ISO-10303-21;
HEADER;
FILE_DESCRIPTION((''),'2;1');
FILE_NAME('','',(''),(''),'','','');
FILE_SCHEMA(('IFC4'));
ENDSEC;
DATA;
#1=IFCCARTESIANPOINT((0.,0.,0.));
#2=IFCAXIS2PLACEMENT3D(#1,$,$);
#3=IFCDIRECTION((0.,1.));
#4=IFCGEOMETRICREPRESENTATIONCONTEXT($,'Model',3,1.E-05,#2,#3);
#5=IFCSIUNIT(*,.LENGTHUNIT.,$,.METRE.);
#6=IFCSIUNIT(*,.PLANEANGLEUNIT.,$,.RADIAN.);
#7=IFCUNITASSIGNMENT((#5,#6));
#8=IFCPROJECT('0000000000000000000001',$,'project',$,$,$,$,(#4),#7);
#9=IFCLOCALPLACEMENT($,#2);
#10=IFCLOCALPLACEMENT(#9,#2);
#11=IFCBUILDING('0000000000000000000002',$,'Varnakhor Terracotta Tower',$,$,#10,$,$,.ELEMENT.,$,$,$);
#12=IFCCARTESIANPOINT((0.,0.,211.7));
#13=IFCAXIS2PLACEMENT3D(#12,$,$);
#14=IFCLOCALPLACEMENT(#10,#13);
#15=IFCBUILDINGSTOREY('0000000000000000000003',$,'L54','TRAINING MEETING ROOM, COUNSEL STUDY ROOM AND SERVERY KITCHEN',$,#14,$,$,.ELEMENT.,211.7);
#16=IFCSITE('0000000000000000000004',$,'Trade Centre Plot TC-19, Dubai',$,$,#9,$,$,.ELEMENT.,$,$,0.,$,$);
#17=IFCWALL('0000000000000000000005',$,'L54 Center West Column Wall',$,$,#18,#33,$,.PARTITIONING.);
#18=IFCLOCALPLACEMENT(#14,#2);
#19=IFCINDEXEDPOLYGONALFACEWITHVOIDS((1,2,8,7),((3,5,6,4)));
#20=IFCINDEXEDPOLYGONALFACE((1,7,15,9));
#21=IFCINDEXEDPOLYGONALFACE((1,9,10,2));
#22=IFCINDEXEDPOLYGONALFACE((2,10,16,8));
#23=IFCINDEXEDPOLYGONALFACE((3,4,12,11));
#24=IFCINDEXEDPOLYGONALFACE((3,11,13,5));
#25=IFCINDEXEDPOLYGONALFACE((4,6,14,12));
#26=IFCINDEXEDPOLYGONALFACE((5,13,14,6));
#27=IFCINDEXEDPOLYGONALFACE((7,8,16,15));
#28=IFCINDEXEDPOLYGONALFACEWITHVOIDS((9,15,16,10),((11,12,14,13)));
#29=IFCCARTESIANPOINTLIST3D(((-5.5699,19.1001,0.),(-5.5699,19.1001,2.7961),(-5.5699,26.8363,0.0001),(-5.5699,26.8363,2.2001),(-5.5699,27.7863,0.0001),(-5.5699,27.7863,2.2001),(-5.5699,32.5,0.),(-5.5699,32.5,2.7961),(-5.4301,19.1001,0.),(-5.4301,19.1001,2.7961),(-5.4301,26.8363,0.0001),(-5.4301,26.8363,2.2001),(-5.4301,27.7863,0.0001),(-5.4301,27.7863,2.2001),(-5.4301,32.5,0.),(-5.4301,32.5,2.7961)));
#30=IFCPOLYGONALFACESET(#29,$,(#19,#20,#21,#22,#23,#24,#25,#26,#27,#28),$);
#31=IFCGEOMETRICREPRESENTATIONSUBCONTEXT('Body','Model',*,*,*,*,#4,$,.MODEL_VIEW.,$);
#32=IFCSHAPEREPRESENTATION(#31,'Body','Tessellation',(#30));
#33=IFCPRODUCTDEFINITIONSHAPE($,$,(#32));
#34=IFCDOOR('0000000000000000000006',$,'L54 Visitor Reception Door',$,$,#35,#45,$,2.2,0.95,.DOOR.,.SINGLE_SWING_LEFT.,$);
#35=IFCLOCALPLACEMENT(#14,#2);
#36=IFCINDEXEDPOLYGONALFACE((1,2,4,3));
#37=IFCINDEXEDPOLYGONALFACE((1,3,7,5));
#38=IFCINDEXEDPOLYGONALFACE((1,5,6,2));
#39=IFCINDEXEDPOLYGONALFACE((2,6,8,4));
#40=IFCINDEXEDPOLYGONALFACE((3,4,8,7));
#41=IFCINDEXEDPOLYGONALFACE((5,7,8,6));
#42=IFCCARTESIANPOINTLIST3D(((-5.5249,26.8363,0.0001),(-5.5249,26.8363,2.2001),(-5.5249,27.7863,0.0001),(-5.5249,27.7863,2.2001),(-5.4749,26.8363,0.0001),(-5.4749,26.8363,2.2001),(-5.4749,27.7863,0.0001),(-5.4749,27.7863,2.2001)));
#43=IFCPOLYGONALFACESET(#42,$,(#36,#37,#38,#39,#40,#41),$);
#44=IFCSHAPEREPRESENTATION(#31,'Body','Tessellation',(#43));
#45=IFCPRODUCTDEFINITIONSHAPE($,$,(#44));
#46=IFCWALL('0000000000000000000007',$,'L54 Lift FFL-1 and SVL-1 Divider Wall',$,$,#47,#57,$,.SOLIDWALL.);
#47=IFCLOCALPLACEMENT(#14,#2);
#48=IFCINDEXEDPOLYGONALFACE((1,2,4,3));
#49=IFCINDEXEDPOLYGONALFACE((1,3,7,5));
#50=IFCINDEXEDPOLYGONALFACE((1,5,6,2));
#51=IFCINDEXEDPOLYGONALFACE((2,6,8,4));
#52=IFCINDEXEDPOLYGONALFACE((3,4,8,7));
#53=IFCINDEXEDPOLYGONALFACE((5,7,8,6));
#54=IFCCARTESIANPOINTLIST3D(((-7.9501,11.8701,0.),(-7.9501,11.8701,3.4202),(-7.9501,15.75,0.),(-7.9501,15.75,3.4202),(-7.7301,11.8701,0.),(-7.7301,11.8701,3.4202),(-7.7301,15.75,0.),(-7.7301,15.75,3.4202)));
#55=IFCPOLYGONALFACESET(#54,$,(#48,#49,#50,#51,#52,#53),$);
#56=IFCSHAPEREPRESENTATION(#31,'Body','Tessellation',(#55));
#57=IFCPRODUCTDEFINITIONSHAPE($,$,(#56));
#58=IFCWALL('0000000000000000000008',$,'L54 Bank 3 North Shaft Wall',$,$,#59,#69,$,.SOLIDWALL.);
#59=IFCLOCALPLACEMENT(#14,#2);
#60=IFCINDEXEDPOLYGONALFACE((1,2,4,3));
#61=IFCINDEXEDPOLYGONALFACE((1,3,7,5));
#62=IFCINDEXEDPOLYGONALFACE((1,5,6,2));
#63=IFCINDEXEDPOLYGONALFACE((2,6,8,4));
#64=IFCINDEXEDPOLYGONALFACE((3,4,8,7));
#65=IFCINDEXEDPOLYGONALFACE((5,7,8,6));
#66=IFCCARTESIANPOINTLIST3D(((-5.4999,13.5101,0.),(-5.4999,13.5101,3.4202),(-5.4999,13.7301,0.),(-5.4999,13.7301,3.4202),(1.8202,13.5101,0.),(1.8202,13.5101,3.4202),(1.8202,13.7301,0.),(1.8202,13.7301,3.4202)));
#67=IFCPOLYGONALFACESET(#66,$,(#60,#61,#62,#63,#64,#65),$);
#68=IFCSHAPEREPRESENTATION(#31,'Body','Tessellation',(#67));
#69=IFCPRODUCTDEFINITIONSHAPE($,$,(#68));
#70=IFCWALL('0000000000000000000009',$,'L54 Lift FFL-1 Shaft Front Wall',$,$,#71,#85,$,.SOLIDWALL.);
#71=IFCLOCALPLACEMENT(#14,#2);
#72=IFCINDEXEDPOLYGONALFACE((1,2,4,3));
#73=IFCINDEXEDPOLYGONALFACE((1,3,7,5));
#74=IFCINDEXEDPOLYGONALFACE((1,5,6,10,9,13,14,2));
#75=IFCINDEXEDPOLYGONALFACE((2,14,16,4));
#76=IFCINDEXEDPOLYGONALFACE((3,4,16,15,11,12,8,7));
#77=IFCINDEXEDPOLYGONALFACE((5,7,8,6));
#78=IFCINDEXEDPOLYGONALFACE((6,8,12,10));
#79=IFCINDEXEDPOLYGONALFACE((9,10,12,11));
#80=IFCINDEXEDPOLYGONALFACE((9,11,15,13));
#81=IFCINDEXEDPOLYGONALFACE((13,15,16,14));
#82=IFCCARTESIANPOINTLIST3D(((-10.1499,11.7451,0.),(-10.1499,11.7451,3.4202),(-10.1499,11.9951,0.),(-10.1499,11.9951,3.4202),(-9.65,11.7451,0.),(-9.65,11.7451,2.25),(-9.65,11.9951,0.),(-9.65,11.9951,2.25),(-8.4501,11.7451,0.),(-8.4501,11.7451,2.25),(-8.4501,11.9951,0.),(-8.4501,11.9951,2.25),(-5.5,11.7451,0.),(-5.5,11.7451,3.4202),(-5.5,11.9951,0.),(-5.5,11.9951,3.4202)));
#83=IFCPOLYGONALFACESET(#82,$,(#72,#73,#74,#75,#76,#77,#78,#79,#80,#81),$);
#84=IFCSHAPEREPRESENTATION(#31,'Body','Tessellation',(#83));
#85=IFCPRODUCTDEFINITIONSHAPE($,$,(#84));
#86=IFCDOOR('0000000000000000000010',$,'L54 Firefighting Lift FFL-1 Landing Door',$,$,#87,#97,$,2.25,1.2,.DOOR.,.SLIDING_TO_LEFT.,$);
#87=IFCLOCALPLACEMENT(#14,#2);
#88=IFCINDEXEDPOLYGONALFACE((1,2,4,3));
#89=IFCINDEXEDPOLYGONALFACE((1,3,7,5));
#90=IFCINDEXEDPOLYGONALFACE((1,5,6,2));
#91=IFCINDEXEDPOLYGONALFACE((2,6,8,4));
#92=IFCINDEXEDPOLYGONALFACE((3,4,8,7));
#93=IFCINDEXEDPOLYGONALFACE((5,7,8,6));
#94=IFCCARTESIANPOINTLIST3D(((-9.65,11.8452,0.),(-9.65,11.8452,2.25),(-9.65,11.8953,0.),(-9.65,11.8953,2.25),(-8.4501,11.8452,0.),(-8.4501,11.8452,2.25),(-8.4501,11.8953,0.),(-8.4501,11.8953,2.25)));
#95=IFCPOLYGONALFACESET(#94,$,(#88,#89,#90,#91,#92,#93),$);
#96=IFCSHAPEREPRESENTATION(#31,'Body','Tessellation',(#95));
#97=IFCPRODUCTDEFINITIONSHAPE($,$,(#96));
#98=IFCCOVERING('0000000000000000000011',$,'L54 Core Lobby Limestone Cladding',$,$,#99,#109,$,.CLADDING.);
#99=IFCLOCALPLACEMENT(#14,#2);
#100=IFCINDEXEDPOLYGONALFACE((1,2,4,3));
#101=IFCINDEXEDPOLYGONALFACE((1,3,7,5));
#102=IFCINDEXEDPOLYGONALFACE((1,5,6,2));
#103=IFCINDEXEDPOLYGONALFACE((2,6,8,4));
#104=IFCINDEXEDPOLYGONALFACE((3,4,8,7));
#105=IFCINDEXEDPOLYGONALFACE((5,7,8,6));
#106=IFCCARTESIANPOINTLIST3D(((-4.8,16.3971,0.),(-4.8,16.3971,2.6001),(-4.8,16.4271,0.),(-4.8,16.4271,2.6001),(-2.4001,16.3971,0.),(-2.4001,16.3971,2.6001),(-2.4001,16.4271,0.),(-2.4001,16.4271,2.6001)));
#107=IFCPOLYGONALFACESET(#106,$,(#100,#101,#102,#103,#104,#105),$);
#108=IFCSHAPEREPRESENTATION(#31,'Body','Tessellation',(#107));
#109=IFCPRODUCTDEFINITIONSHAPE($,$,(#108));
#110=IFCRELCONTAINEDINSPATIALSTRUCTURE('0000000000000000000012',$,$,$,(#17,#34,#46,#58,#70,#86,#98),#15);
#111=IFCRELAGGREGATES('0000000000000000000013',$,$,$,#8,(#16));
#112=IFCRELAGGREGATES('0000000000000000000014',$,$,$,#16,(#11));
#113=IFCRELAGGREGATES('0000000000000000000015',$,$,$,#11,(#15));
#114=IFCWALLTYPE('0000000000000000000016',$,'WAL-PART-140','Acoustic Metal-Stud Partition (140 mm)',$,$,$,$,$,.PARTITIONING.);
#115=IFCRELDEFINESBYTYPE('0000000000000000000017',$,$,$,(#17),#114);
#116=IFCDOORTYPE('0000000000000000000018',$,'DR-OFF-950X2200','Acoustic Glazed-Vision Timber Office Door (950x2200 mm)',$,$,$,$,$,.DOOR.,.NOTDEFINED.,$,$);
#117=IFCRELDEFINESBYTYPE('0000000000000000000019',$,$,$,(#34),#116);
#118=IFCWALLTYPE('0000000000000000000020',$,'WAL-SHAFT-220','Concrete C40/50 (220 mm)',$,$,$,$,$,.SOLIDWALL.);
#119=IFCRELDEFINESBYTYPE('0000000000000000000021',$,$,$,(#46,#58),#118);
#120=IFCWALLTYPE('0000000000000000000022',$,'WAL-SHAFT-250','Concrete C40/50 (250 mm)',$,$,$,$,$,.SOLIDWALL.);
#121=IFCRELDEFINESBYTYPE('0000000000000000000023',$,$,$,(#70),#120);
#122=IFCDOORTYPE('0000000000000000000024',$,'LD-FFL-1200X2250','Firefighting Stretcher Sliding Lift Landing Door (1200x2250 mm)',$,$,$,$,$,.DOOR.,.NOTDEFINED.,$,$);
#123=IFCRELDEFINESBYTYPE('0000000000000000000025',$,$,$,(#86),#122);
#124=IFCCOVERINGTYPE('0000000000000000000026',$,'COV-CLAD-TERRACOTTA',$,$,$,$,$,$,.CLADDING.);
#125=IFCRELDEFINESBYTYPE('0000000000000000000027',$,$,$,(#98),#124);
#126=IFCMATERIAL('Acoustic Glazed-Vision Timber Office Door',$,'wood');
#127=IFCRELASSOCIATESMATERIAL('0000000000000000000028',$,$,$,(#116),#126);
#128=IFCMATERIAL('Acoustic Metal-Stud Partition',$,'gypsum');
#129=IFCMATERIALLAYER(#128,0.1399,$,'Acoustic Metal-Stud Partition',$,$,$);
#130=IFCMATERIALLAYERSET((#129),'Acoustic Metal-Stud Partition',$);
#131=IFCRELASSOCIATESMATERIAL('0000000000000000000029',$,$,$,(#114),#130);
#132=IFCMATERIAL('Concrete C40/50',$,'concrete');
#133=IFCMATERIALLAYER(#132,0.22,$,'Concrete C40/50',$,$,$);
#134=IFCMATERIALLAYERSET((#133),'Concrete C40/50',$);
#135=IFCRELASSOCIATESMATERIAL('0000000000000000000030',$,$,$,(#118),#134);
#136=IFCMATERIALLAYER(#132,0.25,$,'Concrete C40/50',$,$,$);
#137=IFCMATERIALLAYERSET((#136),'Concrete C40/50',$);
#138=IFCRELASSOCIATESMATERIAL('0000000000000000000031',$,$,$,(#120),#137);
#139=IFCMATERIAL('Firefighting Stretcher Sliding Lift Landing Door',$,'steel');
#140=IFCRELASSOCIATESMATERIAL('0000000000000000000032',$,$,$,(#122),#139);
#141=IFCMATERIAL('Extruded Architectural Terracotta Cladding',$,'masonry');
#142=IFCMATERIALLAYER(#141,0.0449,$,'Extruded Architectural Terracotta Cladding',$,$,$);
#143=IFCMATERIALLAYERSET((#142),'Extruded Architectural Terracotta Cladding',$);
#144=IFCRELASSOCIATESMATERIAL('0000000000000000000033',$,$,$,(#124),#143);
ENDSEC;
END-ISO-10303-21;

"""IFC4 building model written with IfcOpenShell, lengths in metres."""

from ifc_helpers import new_model, si_unit, direction, frame, frame_2d, origin, origin_2d, place, context, subcontext, project, spatial, rectangle, extrude, source, transform, mapped, material, layer, layer_set, type_object, type_shapes, element, fill, save


model = new_model("IFC4")

# Units and contexts
model_context = context("Model", 3, precision=1e-05, world=origin(), true_north=direction((0.0, 1.0)))
body_context = subcontext(model_context, "Body", "Model", "MODEL_VIEW")
ifc_project = project(units=[si_unit("LENGTHUNIT", "METRE"), si_unit("PLANEANGLEUNIT", "RADIAN")], contexts=[model_context])

# Site, building, storey
site_placement = place(None, origin())
site = spatial("IfcSite", under=ifc_project, at=site_placement, Name="Trade Centre Plot TC-19, Dubai", CompositionType="ELEMENT", RefElevation=0.0)
building_placement = place(site_placement, origin())
building = spatial("IfcBuilding", under=site, at=building_placement, Name="Varnakhor Terracotta Tower", CompositionType="ELEMENT")
storey_placement = place(building_placement, frame((0.0, 0.0, 211.7)))
storey = spatial("IfcBuildingStorey", under=building, at=storey_placement, Name="L54", Description="TRAINING MEETING ROOM, COUNSEL STUDY ROOM AND SERVERY KITCHEN", CompositionType="ELEMENT", Elevation=211.7)

# Shared definitions
ifc_material_1 = material(Name="Acoustic Glazed-Vision Timber Office Door", Category="wood")
door_type_1 = type_object("IfcDoorType", Name="DR-OFF-950X2200", Description="Acoustic Glazed-Vision Timber Office Door (950x2200 mm)", OperationType="NOTDEFINED", PredefinedType="DOOR", material=ifc_material_1)
shared_shape_1 = source(origin(), body_context, "Body", "SweptSolid", [
    extrude(rectangle(XDim=0.95, YDim=2.2, at=frame_2d((0.4751, 1.1001))), frame((0.0, 0.0249, 0.0), z_axis=(0.0, -1.0, 0.0), x_axis=(1.0, 0.0, 0.0)), (0.0, 0.0, 1.0), 0.05),
])
type_shapes(door_type_1, [shared_shape_1])

# Shared definitions
ifc_material_2 = material(Name="Acoustic Metal-Stud Partition", Category="gypsum")
ifc_layer_1 = layer(ifc_material_2, 0.1399, Name="Acoustic Metal-Stud Partition")
ifc_layer_set_1 = layer_set([ifc_layer_1], Name="Acoustic Metal-Stud Partition")
wall_type_1 = type_object("IfcWallType", Name="WAL-PART-140", Description="Acoustic Metal-Stud Partition (140 mm)", PredefinedType="PARTITIONING", material=ifc_layer_set_1)

# Wall, opening, door
wall_1_placement = place(storey_placement, frame((-5.5, 19.1001, 0.0), z_axis=(0.0, 0.0, 1.0), x_axis=(0.0, 1.0, 0.0)))
wall_1 = element("IfcWall", 1, at=wall_1_placement, inside=storey, type_object=wall_type_1, Name="L54 Center West Column Wall", PredefinedType="PARTITIONING", context=body_context, shape_type="SweptSolid", body=[
    extrude(rectangle(XDim=13.3999, YDim=0.1399, at=frame_2d((6.7, 0.0))), origin(), (0.0, 0.0, 1.0), 2.7961),
])
opening_1_placement = place(wall_1_placement, frame((7.7361, 0.0, 0.0)))
opening_1 = element("IfcOpeningElement", 2, at=opening_1_placement, cuts=wall_1, PredefinedType="OPENING", context=body_context, shape_type="SweptSolid", body=[
    extrude(rectangle(XDim=0.95, YDim=2.2, at=frame_2d((0.4751, 1.1001))), frame((0.0, 0.0801, 0.0), z_axis=(0.0, -1.0, 0.0), x_axis=(1.0, 0.0, 0.0)), (0.0, 0.0, 1.0), 0.1599),
])
door_1_placement = place(opening_1_placement, origin())
door_1 = element("IfcDoor", 3, at=door_1_placement, inside=storey, type_object=door_type_1, Name="L54 Visitor Reception Door", OperationType="SINGLE_SWING_LEFT", OverallHeight=2.2, OverallWidth=0.95, PredefinedType="DOOR", context=body_context, shape_type="MappedRepresentation", body=[
    mapped(shared_shape_1, transform((0.0, 0.0, 0.0), scale=1.0)),
])
fill(opening_1, door_1)

# Walls
ifc_material_3 = material(Name="Concrete C40/50", Category="concrete")
ifc_layer_2 = layer(ifc_material_3, 0.22, Name="Concrete C40/50")
ifc_layer_set_2 = layer_set([ifc_layer_2], Name="Concrete C40/50")
wall_type_2 = type_object("IfcWallType", Name="WAL-SHAFT-220", Description="Concrete C40/50 (220 mm)", PredefinedType="SOLIDWALL", material=ifc_layer_set_2)
wall_2_placement = place(storey_placement, frame((-7.8401, 11.8701, 0.0), z_axis=(0.0, 0.0, 1.0), x_axis=(0.0, 1.0, 0.0)))
element("IfcWall", 4, at=wall_2_placement, inside=storey, type_object=wall_type_2, Name="L54 Lift FFL-1 and SVL-1 Divider Wall", PredefinedType="SOLIDWALL", context=body_context, shape_type="SweptSolid", body=[
    extrude(rectangle(XDim=3.8799, YDim=0.22, at=frame_2d((1.9399, 0.0))), origin(), (0.0, 0.0, 1.0), 3.4202),
])
wall_3_placement = place(storey_placement, frame((-5.5, 13.6201, 0.0), z_axis=(0.0, 0.0, 1.0), x_axis=(1.0, 0.0, 0.0)))
element("IfcWall", 5, at=wall_3_placement, inside=storey, type_object=wall_type_2, Name="L54 Bank 3 North Shaft Wall", PredefinedType="SOLIDWALL", context=body_context, shape_type="SweptSolid", body=[
    extrude(rectangle(XDim=7.3201, YDim=0.22, at=frame_2d((3.6602, 0.0))), origin(), (0.0, 0.0, 1.0), 3.4202),
])

# Wall, opening, door
ifc_layer_3 = layer(ifc_material_3, 0.25, Name="Concrete C40/50")
ifc_layer_set_3 = layer_set([ifc_layer_3], Name="Concrete C40/50")
wall_type_3 = type_object("IfcWallType", Name="WAL-SHAFT-250", Description="Concrete C40/50 (250 mm)", PredefinedType="SOLIDWALL", material=ifc_layer_set_3)
wall_4_placement = place(storey_placement, frame((-5.5, 11.8701, 0.0), z_axis=(0.0, 0.0, 1.0), x_axis=(-1.0, 0.0, 0.0)))
wall_4 = element("IfcWall", 6, at=wall_4_placement, inside=storey, type_object=wall_type_3, Name="L54 Lift FFL-1 Shaft Front Wall", PredefinedType="SOLIDWALL", context=body_context, shape_type="SweptSolid", body=[
    extrude(rectangle(XDim=4.6499, YDim=0.25, at=frame_2d((2.325, 0.0))), origin(), (0.0, 0.0, 1.0), 3.4202),
])
opening_2_placement = place(wall_4_placement, frame((2.95, 0.0, 0.0)))
opening_2 = element("IfcOpeningElement", 7, at=opening_2_placement, cuts=wall_4, PredefinedType="OPENING", context=body_context, shape_type="SweptSolid", body=[
    extrude(rectangle(XDim=1.2, YDim=2.25, at=frame_2d((0.6001, 1.125))), frame((0.0, 0.135, 0.0), z_axis=(0.0, -1.0, 0.0), x_axis=(1.0, 0.0, 0.0)), (0.0, 0.0, 1.0), 0.27),
])
ifc_material_4 = material(Name="Firefighting Stretcher Sliding Lift Landing Door", Category="steel")
door_type_2 = type_object("IfcDoorType", Name="LD-FFL-1200X2250", Description="Firefighting Stretcher Sliding Lift Landing Door (1200x2250 mm)", OperationType="NOTDEFINED", PredefinedType="DOOR", material=ifc_material_4)
shared_shape_2 = source(origin(), body_context, "Body", "SweptSolid", [
    extrude(rectangle(XDim=1.2, YDim=2.25, at=frame_2d((0.6001, 1.125))), frame((0.0, 0.0249, 0.0), z_axis=(0.0, -1.0, 0.0), x_axis=(1.0, 0.0, 0.0)), (0.0, 0.0, 1.0), 0.05),
])
type_shapes(door_type_2, [shared_shape_2])
door_2_placement = place(opening_2_placement, origin())
door_2 = element("IfcDoor", 8, at=door_2_placement, inside=storey, type_object=door_type_2, Name="L54 Firefighting Lift FFL-1 Landing Door", OperationType="SLIDING_TO_LEFT", OverallHeight=2.25, OverallWidth=1.2, PredefinedType="DOOR", context=body_context, shape_type="MappedRepresentation", body=[
    mapped(shared_shape_2, transform((0.0, 0.0, 0.0), scale=1.0)),
])
fill(opening_2, door_2)

# Covering
ifc_material_5 = material(Name="Extruded Architectural Terracotta Cladding", Category="masonry")
ifc_layer_4 = layer(ifc_material_5, 0.0449, Name="Extruded Architectural Terracotta Cladding")
ifc_layer_set_4 = layer_set([ifc_layer_4], Name="Extruded Architectural Terracotta Cladding")
covering_type = type_object("IfcCoveringType", Name="COV-CLAD-TERRACOTTA", PredefinedType="CLADDING", material=ifc_layer_set_4)
shared_shape_3 = source(origin(), body_context, "Body", "SweptSolid", [
    extrude(rectangle(XDim=2.3999, YDim=0.03, at=origin_2d()), origin(), (0.0, 0.0, 1.0), 2.6001),
])
type_shapes(covering_type, [shared_shape_3])
covering_placement = place(storey_placement, frame((-3.6001, 16.4121, 0.0), z_axis=(0.0, 0.0, 1.0), x_axis=(1.0, 0.0, 0.0)))
element("IfcCovering", 9, at=covering_placement, inside=storey, type_object=covering_type, Name="L54 Core Lobby Limestone Cladding", PredefinedType="CLADDING", context=body_context, shape_type="MappedRepresentation", body=[
    mapped(shared_shape_3, transform((0.0, 0.0, 0.0), scale=1.0)),
])

save(model, "model.ifc")
